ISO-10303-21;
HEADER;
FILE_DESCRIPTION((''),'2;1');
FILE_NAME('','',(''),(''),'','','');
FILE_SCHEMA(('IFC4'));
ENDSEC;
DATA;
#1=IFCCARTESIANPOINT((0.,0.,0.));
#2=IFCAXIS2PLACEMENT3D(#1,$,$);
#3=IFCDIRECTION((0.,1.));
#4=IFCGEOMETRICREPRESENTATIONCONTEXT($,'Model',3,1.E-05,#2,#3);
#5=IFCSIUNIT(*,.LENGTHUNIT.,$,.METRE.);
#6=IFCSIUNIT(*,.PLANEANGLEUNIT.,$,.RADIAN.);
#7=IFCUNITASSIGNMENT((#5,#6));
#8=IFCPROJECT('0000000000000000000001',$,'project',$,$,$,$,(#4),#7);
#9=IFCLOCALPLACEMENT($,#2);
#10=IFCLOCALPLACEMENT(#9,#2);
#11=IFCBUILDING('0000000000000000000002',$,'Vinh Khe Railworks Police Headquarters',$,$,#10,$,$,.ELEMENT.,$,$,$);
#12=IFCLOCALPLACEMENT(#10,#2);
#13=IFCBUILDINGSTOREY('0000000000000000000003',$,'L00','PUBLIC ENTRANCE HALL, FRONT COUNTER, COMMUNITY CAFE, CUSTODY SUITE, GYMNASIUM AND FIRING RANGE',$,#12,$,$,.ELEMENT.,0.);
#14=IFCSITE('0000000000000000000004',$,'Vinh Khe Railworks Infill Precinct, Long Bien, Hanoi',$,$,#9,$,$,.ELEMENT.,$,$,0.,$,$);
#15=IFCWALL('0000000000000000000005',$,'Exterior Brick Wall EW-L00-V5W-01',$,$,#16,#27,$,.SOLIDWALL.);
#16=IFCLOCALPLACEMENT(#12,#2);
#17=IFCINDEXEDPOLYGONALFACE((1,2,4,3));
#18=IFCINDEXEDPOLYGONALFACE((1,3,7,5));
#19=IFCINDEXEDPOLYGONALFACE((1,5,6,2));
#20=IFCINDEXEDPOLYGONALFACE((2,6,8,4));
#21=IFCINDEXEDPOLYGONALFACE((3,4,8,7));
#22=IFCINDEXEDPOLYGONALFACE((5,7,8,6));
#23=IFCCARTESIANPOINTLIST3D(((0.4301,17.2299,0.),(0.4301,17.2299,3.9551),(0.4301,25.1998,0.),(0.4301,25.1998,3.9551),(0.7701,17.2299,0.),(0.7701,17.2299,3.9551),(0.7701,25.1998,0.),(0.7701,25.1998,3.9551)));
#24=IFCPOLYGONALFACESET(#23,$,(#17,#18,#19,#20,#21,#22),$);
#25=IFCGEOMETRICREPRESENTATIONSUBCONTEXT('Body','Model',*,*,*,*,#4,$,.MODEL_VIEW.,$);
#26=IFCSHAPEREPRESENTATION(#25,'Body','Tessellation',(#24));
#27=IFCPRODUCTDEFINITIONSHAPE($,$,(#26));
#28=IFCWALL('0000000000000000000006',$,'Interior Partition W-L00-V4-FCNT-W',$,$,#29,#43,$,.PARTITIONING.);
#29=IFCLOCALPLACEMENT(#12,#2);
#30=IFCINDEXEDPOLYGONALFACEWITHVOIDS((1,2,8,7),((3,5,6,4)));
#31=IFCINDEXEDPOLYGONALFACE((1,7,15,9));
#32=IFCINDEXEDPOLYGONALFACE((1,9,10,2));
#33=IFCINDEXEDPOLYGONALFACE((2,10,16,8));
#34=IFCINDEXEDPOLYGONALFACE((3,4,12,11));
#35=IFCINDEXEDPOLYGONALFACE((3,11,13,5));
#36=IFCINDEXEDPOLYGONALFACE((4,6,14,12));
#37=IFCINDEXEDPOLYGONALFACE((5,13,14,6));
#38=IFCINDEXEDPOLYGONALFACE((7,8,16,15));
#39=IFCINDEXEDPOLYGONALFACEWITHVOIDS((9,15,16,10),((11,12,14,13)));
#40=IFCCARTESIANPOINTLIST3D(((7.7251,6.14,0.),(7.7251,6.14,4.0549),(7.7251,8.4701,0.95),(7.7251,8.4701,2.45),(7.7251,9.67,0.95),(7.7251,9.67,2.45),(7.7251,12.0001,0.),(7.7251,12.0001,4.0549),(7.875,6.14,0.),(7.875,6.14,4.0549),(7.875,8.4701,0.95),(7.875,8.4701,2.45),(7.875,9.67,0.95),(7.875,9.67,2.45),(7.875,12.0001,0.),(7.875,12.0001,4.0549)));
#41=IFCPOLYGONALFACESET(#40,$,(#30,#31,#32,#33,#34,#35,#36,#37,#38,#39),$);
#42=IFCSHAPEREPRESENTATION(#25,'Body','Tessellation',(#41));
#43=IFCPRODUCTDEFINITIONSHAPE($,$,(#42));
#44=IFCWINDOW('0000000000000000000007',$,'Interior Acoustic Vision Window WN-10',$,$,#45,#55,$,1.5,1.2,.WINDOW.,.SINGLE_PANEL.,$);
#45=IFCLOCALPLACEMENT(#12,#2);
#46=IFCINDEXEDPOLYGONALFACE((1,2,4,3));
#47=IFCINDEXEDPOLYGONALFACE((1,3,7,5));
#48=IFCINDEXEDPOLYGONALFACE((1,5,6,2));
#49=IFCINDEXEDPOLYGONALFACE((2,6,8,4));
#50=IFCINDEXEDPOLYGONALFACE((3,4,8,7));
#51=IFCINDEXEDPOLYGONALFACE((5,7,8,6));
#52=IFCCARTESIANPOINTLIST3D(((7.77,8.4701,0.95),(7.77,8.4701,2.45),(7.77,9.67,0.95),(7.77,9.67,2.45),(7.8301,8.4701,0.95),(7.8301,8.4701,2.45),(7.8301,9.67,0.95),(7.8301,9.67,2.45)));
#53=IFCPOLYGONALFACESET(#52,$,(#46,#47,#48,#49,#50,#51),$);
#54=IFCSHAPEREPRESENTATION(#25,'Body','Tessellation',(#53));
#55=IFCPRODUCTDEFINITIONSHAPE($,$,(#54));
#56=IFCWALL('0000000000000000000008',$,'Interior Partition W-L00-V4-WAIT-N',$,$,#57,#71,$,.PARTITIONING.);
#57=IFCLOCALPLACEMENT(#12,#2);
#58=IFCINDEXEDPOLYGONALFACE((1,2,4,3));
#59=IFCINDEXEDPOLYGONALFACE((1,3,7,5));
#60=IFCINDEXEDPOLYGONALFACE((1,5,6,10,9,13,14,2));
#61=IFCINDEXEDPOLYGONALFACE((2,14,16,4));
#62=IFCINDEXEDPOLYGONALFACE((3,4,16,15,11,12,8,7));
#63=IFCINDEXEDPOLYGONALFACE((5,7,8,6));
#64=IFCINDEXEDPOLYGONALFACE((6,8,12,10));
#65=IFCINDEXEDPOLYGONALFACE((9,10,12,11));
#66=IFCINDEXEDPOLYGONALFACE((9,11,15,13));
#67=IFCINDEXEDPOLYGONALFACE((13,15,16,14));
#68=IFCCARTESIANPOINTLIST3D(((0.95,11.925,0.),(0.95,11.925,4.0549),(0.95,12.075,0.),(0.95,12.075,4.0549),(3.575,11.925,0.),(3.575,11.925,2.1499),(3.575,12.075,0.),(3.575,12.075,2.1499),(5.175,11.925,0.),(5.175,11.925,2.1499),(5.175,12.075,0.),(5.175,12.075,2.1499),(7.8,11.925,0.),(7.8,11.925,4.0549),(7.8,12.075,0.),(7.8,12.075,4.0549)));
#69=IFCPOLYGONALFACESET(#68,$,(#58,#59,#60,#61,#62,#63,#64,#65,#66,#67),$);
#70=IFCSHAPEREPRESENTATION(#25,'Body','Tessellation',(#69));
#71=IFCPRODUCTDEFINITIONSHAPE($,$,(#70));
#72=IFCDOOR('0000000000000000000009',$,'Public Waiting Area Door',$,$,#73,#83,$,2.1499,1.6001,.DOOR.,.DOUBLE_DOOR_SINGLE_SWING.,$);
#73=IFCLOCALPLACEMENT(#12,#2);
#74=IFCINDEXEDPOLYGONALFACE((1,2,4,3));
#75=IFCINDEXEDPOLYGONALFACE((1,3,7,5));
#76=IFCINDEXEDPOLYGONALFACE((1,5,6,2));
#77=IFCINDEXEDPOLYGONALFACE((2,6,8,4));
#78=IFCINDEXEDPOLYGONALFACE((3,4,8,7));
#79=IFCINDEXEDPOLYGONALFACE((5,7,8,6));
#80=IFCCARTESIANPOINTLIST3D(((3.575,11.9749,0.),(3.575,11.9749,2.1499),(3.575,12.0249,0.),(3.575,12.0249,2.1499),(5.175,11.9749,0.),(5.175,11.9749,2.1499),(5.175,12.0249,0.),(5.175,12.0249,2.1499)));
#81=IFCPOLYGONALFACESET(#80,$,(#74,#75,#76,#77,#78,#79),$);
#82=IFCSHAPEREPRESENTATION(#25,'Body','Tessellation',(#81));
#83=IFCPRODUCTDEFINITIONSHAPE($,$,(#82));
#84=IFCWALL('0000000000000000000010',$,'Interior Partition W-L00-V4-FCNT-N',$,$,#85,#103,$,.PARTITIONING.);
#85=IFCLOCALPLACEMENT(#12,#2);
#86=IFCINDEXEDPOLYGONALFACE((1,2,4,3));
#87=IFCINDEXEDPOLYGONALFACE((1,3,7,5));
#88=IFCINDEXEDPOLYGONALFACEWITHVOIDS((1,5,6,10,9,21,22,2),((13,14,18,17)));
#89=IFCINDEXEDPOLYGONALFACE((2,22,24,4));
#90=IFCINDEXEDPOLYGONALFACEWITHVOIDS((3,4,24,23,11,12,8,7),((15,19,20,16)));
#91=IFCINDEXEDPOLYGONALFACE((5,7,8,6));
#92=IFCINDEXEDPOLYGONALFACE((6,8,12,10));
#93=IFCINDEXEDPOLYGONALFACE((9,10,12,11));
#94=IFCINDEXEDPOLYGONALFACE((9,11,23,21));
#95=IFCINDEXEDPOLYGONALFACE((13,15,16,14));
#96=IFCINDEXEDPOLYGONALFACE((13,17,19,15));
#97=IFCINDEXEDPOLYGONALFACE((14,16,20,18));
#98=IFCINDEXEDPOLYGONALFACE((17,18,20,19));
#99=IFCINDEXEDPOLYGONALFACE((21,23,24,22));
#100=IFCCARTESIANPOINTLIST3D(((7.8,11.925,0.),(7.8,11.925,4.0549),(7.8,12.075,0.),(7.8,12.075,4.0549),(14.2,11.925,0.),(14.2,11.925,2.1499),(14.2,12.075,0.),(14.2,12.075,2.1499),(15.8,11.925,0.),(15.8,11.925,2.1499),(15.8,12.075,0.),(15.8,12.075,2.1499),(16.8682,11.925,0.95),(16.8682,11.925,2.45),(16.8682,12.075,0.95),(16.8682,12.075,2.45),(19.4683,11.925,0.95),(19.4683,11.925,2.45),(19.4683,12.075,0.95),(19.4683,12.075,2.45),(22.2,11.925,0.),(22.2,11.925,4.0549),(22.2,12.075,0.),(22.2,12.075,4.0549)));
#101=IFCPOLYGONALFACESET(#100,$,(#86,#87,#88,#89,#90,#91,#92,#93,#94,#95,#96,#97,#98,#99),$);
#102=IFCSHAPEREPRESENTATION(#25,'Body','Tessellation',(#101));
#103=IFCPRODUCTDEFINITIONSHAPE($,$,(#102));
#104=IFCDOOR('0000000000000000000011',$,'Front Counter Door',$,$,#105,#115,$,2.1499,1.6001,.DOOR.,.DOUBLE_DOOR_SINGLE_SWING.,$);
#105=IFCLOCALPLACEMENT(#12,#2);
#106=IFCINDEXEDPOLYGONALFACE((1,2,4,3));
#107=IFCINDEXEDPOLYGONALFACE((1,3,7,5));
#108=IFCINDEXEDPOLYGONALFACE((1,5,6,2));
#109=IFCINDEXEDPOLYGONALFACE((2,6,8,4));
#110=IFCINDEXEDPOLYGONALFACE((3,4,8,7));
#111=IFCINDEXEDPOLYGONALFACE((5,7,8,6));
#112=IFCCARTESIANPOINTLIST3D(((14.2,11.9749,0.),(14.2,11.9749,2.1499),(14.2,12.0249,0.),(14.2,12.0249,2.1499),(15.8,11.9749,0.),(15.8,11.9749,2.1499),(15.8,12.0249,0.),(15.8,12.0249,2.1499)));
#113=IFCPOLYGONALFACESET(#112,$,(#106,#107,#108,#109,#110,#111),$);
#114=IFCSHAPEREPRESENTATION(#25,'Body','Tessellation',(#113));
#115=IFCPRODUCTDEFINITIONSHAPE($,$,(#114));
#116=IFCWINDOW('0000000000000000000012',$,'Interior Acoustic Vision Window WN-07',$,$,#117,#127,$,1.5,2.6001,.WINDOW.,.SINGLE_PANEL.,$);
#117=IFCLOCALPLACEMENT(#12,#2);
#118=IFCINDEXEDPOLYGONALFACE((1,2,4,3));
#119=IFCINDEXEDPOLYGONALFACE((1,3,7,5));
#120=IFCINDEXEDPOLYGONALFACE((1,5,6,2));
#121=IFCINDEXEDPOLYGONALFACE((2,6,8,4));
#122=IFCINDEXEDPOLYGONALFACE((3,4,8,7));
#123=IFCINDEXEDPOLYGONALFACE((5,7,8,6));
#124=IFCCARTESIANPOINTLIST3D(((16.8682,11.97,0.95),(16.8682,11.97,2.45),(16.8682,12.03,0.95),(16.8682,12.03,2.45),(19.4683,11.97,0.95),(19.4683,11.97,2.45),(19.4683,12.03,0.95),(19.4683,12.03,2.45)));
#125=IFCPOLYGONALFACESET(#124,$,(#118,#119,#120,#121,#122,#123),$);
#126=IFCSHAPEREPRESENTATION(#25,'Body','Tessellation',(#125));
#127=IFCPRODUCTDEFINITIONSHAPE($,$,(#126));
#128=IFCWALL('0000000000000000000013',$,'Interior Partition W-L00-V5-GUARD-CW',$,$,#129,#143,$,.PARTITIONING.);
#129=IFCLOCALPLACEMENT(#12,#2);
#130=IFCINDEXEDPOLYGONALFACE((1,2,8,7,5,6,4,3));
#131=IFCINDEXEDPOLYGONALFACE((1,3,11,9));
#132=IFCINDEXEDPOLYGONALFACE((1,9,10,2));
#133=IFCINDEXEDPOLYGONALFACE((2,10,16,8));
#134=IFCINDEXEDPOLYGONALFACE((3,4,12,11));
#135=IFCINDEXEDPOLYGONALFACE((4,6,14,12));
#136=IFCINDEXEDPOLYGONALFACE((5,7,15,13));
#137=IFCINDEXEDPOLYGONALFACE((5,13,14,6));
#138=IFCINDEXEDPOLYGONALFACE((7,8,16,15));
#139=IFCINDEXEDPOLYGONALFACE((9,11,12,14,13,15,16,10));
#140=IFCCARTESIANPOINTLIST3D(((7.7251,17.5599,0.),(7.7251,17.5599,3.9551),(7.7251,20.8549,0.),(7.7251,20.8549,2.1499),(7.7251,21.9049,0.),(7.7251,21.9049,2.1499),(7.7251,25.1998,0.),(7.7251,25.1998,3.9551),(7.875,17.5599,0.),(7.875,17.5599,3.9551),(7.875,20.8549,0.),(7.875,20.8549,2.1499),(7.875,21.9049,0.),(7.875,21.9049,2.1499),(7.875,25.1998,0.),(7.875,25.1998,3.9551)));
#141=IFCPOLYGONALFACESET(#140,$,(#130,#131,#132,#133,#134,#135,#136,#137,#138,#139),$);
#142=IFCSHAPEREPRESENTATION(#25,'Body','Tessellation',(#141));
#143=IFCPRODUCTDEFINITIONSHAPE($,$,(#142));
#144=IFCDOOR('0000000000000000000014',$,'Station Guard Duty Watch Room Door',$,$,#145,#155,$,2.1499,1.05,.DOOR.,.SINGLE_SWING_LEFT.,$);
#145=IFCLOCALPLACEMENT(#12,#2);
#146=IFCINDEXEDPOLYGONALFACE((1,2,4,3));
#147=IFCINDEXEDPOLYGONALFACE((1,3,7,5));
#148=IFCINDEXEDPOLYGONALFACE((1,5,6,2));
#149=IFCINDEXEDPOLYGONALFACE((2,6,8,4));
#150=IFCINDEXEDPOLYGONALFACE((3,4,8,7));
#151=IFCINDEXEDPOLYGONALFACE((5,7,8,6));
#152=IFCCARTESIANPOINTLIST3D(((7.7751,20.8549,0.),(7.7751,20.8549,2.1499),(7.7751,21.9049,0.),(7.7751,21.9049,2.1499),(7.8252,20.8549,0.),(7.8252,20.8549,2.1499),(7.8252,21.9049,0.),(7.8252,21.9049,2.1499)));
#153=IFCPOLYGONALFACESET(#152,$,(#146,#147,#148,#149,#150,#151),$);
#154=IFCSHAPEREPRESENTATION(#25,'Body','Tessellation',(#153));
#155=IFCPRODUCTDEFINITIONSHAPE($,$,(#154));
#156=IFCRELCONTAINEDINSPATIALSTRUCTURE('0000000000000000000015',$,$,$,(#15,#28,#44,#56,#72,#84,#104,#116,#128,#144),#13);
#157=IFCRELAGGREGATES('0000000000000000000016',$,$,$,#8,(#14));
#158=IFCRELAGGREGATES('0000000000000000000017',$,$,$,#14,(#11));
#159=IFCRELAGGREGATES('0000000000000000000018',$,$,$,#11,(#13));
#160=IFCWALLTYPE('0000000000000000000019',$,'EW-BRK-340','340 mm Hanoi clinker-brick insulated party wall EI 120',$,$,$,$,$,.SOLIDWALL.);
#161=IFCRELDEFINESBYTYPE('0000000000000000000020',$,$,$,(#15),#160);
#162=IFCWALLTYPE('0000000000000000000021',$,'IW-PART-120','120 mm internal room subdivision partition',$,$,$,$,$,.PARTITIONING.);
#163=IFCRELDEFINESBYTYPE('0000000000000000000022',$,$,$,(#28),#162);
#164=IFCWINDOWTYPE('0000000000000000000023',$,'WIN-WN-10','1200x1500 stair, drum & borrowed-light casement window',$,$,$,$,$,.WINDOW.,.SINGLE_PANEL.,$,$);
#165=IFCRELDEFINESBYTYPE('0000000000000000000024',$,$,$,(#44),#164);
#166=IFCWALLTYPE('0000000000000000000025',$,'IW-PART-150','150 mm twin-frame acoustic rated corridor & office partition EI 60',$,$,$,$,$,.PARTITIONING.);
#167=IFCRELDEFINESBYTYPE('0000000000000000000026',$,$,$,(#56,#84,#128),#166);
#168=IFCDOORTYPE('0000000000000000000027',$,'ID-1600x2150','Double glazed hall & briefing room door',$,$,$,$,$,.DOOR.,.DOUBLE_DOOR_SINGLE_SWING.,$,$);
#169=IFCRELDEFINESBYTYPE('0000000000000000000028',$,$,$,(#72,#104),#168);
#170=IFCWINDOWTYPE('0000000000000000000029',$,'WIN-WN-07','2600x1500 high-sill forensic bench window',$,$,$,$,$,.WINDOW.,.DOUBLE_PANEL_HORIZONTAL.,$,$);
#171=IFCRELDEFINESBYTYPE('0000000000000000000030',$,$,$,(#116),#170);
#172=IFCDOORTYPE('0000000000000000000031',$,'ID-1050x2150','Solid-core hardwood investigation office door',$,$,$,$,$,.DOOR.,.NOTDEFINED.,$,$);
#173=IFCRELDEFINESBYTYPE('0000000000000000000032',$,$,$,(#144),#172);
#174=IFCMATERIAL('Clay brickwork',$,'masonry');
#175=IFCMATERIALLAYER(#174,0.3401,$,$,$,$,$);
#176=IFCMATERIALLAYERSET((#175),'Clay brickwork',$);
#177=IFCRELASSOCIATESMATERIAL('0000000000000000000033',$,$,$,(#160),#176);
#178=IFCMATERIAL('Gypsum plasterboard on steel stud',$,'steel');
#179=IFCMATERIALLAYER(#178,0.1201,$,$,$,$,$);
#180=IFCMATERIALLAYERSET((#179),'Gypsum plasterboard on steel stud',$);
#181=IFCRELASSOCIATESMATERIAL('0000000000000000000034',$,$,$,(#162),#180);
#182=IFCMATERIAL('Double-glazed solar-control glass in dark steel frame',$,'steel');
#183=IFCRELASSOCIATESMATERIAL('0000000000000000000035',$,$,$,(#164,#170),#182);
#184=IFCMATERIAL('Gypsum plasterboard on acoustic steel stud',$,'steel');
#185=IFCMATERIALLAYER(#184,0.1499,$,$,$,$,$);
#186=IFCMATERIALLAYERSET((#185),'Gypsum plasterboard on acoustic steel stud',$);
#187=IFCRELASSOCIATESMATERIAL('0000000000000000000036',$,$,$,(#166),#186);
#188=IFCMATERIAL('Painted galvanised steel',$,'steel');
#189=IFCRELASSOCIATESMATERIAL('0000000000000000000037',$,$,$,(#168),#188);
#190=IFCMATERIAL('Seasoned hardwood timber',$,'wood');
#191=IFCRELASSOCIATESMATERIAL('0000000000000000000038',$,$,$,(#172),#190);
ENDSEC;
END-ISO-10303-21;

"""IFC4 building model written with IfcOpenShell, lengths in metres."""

from ifc_helpers import new_model, si_unit, direction, frame, frame_2d, origin, place, context, subcontext, project, spatial, rectangle, extrude, material, layer, layer_set, type_object, element, fill, save


model = new_model("IFC4")

# Units and contexts
model_context = context("Model", 3, precision=1e-05, world=origin(), true_north=direction((0.0, 1.0)))
body_context = subcontext(model_context, "Body", "Model", "MODEL_VIEW")
ifc_project = project(units=[si_unit("LENGTHUNIT", "METRE"), si_unit("PLANEANGLEUNIT", "RADIAN")], contexts=[model_context])

# Site, building, storey
site_placement = place(None, origin())
site = spatial("IfcSite", under=ifc_project, at=site_placement, Name="Vinh Khe Railworks Infill Precinct, Long Bien, Hanoi", CompositionType="ELEMENT", RefElevation=0.0)
building_placement = place(site_placement, origin())
building = spatial("IfcBuilding", under=site, at=building_placement, Name="Vinh Khe Railworks Police Headquarters", CompositionType="ELEMENT")
storey_placement = place(building_placement, origin())
storey = spatial("IfcBuildingStorey", under=building, at=storey_placement, Name="L00", Description="PUBLIC ENTRANCE HALL, FRONT COUNTER, COMMUNITY CAFE, CUSTODY SUITE, GYMNASIUM AND FIRING RANGE", CompositionType="ELEMENT", Elevation=0.0)

# Shared definitions
ifc_material_1 = material(Name="Clay brickwork", Category="masonry")

# Wall
ifc_layer_1 = layer(ifc_material_1, 0.3401)
ifc_layer_set_1 = layer_set([ifc_layer_1], Name="Clay brickwork")
wall_type_1 = type_object("IfcWallType", Name="EW-BRK-340", Description="340 mm Hanoi clinker-brick insulated party wall EI 120", PredefinedType="SOLIDWALL", material=ifc_layer_set_1)
wall_1_placement = place(storey_placement, frame((0.6001, 17.23, 0.0), z_axis=(0.0, 0.0, 1.0), x_axis=(0.0, 1.0, 0.0)))
element("IfcWall", 1, at=wall_1_placement, inside=storey, type_object=wall_type_1, Name="Exterior Brick Wall EW-L00-V5W-01", PredefinedType="SOLIDWALL", context=body_context, shape_type="SweptSolid", body=[
    extrude(rectangle(XDim=7.97, YDim=0.3401, at=frame_2d((3.9849, 0.0))), origin(), (0.0, 0.0, 1.0), 3.9551),
])

# Wall, opening, window
ifc_material_2 = material(Name="Gypsum plasterboard on steel stud", Category="steel")
ifc_layer_2 = layer(ifc_material_2, 0.1201)
ifc_layer_set_2 = layer_set([ifc_layer_2], Name="Gypsum plasterboard on steel stud")
wall_type_2 = type_object("IfcWallType", Name="IW-PART-120", Description="120 mm internal room subdivision partition", PredefinedType="PARTITIONING", material=ifc_layer_set_2)
wall_2_placement = place(storey_placement, frame((7.8, 6.1399, 0.0), z_axis=(0.0, 0.0, 1.0), x_axis=(0.0, 1.0, 0.0)))
wall_2 = element("IfcWall", 2, at=wall_2_placement, inside=storey, type_object=wall_type_2, Name="Interior Partition W-L00-V4-FCNT-W", PredefinedType="PARTITIONING", context=body_context, shape_type="SweptSolid", body=[
    extrude(rectangle(XDim=5.8601, YDim=0.1499, at=frame_2d((2.9302, 0.0))), origin(), (0.0, 0.0, 1.0), 4.0549),
])
opening_1_placement = place(wall_2_placement, frame((2.3301, 0.0, 0.95)))
opening_1 = element("IfcOpeningElement", 3, at=opening_1_placement, cuts=wall_2, PredefinedType="OPENING", context=body_context, shape_type="SweptSolid", body=[
    extrude(rectangle(XDim=1.2, YDim=1.5, at=frame_2d((0.6001, 0.75))), frame((0.0, 0.0898, 0.0), z_axis=(0.0, -1.0, 0.0), x_axis=(1.0, 0.0, 0.0)), (0.0, 0.0, 1.0), 0.1797),
])
ifc_material_3 = material(Name="Double-glazed solar-control glass in dark steel frame", Category="steel")
window_type_1 = type_object("IfcWindowType", Name="WIN-WN-10", Description="1200x1500 stair, drum & borrowed-light casement window", PartitioningType="SINGLE_PANEL", PredefinedType="WINDOW", material=ifc_material_3)
window_1_placement = place(opening_1_placement, origin())
window_1 = element("IfcWindow", 4, at=window_1_placement, inside=storey, type_object=window_type_1, Name="Interior Acoustic Vision Window WN-10", OverallHeight=1.5, OverallWidth=1.2, PartitioningType="SINGLE_PANEL", PredefinedType="WINDOW", context=body_context, shape_type="SweptSolid", body=[
    extrude(rectangle(XDim=1.2, YDim=1.5, at=frame_2d((0.6001, 0.75))), frame((0.0, 0.03, 0.0), z_axis=(0.0, -1.0, 0.0), x_axis=(1.0, 0.0, 0.0)), (0.0, 0.0, 1.0), 0.0601),
])
fill(opening_1, window_1)

# Wall, opening, door
ifc_material_4 = material(Name="Gypsum plasterboard on acoustic steel stud", Category="steel")
ifc_layer_3 = layer(ifc_material_4, 0.1499)
ifc_layer_set_3 = layer_set([ifc_layer_3], Name="Gypsum plasterboard on acoustic steel stud")
wall_type_3 = type_object("IfcWallType", Name="IW-PART-150", Description="150 mm twin-frame acoustic rated corridor & office partition EI 60", PredefinedType="PARTITIONING", material=ifc_layer_set_3)
wall_3_placement = place(storey_placement, frame((0.95, 12.0, 0.0), z_axis=(0.0, 0.0, 1.0), x_axis=(1.0, 0.0, 0.0)))
wall_3 = element("IfcWall", 5, at=wall_3_placement, inside=storey, type_object=wall_type_3, Name="Interior Partition W-L00-V4-WAIT-N", PredefinedType="PARTITIONING", context=body_context, shape_type="SweptSolid", body=[
    extrude(rectangle(XDim=6.8501, YDim=0.1499, at=frame_2d((3.425, 0.0))), origin(), (0.0, 0.0, 1.0), 4.0549),
])
opening_2_placement = place(wall_3_placement, frame((2.625, 0.0, 0.0)))
opening_2 = element("IfcOpeningElement", 6, at=opening_2_placement, cuts=wall_3, PredefinedType="OPENING", context=body_context, shape_type="SweptSolid", body=[
    extrude(rectangle(XDim=1.6001, YDim=2.1499, at=frame_2d((0.8, 1.075))), frame((0.0, 0.0898, 0.0), z_axis=(0.0, -1.0, 0.0), x_axis=(1.0, 0.0, 0.0)), (0.0, 0.0, 1.0), 0.1797),
])
ifc_material_5 = material(Name="Painted galvanised steel", Category="steel")
door_type_1 = type_object("IfcDoorType", Name="ID-1600x2150", Description="Double glazed hall & briefing room door", OperationType="DOUBLE_DOOR_SINGLE_SWING", PredefinedType="DOOR", material=ifc_material_5)
door_1_placement = place(opening_2_placement, origin())
door_1 = element("IfcDoor", 7, at=door_1_placement, inside=storey, type_object=door_type_1, Name="Public Waiting Area Door", OperationType="DOUBLE_DOOR_SINGLE_SWING", OverallHeight=2.1499, OverallWidth=1.6001, PredefinedType="DOOR", context=body_context, shape_type="SweptSolid", body=[
    extrude(rectangle(XDim=1.6001, YDim=2.1499, at=frame_2d((0.8, 1.075))), frame((0.0, 0.0249, 0.0), z_axis=(0.0, -1.0, 0.0), x_axis=(1.0, 0.0, 0.0)), (0.0, 0.0, 1.0), 0.05),
])
fill(opening_2, door_1)

# Wall, openings, door, window
wall_4_placement = place(storey_placement, frame((7.8, 12.0, 0.0), z_axis=(0.0, 0.0, 1.0), x_axis=(1.0, 0.0, 0.0)))
wall_4 = element("IfcWall", 8, at=wall_4_placement, inside=storey, type_object=wall_type_3, Name="Interior Partition W-L00-V4-FCNT-N", PredefinedType="PARTITIONING", context=body_context, shape_type="SweptSolid", body=[
    extrude(rectangle(XDim=14.3999, YDim=0.1499, at=frame_2d((7.2, 0.0))), origin(), (0.0, 0.0, 1.0), 4.0549),
])
opening_3_placement = place(wall_4_placement, frame((6.3999, 0.0, 0.0)))
opening_3 = element("IfcOpeningElement", 9, at=opening_3_placement, cuts=wall_4, PredefinedType="OPENING", context=body_context, shape_type="SweptSolid", body=[
    extrude(rectangle(XDim=1.6001, YDim=2.1499, at=frame_2d((0.8, 1.075))), frame((0.0, 0.0898, 0.0), z_axis=(0.0, -1.0, 0.0), x_axis=(1.0, 0.0, 0.0)), (0.0, 0.0, 1.0), 0.1797),
])
opening_4_placement = place(wall_4_placement, frame((9.0681, 0.0, 0.95)))
opening_4 = element("IfcOpeningElement", 10, at=opening_4_placement, cuts=wall_4, PredefinedType="OPENING", context=body_context, shape_type="SweptSolid", body=[
    extrude(rectangle(XDim=2.6001, YDim=1.5, at=frame_2d((1.3, 0.75))), frame((0.0, 0.0898, 0.0), z_axis=(0.0, -1.0, 0.0), x_axis=(1.0, 0.0, 0.0)), (0.0, 0.0, 1.0), 0.1797),
])
door_2_placement = place(opening_3_placement, origin())
door_2 = element("IfcDoor", 11, at=door_2_placement, inside=storey, type_object=door_type_1, Name="Front Counter Door", OperationType="DOUBLE_DOOR_SINGLE_SWING", OverallHeight=2.1499, OverallWidth=1.6001, PredefinedType="DOOR", context=body_context, shape_type="SweptSolid", body=[
    extrude(rectangle(XDim=1.6001, YDim=2.1499, at=frame_2d((0.8, 1.075))), frame((0.0, 0.0249, 0.0), z_axis=(0.0, -1.0, 0.0), x_axis=(1.0, 0.0, 0.0)), (0.0, 0.0, 1.0), 0.05),
])
fill(opening_3, door_2)
window_type_2 = type_object("IfcWindowType", Name="WIN-WN-07", Description="2600x1500 high-sill forensic bench window", PartitioningType="DOUBLE_PANEL_HORIZONTAL", PredefinedType="WINDOW", material=ifc_material_3)
window_2_placement = place(opening_4_placement, origin())
window_2 = element("IfcWindow", 12, at=window_2_placement, inside=storey, type_object=window_type_2, Name="Interior Acoustic Vision Window WN-07", OverallHeight=1.5, OverallWidth=2.6001, PartitioningType="SINGLE_PANEL", PredefinedType="WINDOW", context=body_context, shape_type="SweptSolid", body=[
    extrude(rectangle(XDim=2.6001, YDim=1.5, at=frame_2d((1.3, 0.75))), frame((0.0, 0.03, 0.0), z_axis=(0.0, -1.0, 0.0), x_axis=(1.0, 0.0, 0.0)), (0.0, 0.0, 1.0), 0.0601),
])
fill(opening_4, window_2)

# Wall, opening, door
wall_5_placement = place(storey_placement, frame((7.8, 17.5601, 0.0), z_axis=(0.0, 0.0, 1.0), x_axis=(0.0, 1.0, 0.0)))
wall_5 = element("IfcWall", 13, at=wall_5_placement, inside=storey, type_object=wall_type_3, Name="Interior Partition W-L00-V5-GUARD-CW", PredefinedType="PARTITIONING", context=body_context, shape_type="SweptSolid", body=[
    extrude(rectangle(XDim=7.6399, YDim=0.1499, at=frame_2d((3.8198, 0.0))), origin(), (0.0, 0.0, 1.0), 3.9551),
])
opening_5_placement = place(wall_5_placement, frame((3.2949, 0.0, 0.0)))
opening_5 = element("IfcOpeningElement", 14, at=opening_5_placement, cuts=wall_5, PredefinedType="OPENING", context=body_context, shape_type="SweptSolid", body=[
    extrude(rectangle(XDim=1.05, YDim=2.1499, at=frame_2d((0.5249, 1.075))), frame((0.0, 0.0898, 0.0), z_axis=(0.0, -1.0, 0.0), x_axis=(1.0, 0.0, 0.0)), (0.0, 0.0, 1.0), 0.1797),
])
ifc_material_6 = material(Name="Seasoned hardwood timber", Category="wood")
door_type_2 = type_object("IfcDoorType", Name="ID-1050x2150", Description="Solid-core hardwood investigation office door", OperationType="NOTDEFINED", PredefinedType="DOOR", material=ifc_material_6)
door_3_placement = place(opening_5_placement, origin())
door_3 = element("IfcDoor", 15, at=door_3_placement, inside=storey, type_object=door_type_2, Name="Station Guard Duty Watch Room Door", OperationType="SINGLE_SWING_LEFT", OverallHeight=2.1499, OverallWidth=1.05, PredefinedType="DOOR", context=body_context, shape_type="SweptSolid", body=[
    extrude(rectangle(XDim=1.05, YDim=2.1499, at=frame_2d((0.5249, 1.075))), frame((0.0, 0.0249, 0.0), z_axis=(0.0, -1.0, 0.0), x_axis=(1.0, 0.0, 0.0)), (0.0, 0.0, 1.0), 0.05),
])
fill(opening_5, door_3)

save(model, "model.ifc")
